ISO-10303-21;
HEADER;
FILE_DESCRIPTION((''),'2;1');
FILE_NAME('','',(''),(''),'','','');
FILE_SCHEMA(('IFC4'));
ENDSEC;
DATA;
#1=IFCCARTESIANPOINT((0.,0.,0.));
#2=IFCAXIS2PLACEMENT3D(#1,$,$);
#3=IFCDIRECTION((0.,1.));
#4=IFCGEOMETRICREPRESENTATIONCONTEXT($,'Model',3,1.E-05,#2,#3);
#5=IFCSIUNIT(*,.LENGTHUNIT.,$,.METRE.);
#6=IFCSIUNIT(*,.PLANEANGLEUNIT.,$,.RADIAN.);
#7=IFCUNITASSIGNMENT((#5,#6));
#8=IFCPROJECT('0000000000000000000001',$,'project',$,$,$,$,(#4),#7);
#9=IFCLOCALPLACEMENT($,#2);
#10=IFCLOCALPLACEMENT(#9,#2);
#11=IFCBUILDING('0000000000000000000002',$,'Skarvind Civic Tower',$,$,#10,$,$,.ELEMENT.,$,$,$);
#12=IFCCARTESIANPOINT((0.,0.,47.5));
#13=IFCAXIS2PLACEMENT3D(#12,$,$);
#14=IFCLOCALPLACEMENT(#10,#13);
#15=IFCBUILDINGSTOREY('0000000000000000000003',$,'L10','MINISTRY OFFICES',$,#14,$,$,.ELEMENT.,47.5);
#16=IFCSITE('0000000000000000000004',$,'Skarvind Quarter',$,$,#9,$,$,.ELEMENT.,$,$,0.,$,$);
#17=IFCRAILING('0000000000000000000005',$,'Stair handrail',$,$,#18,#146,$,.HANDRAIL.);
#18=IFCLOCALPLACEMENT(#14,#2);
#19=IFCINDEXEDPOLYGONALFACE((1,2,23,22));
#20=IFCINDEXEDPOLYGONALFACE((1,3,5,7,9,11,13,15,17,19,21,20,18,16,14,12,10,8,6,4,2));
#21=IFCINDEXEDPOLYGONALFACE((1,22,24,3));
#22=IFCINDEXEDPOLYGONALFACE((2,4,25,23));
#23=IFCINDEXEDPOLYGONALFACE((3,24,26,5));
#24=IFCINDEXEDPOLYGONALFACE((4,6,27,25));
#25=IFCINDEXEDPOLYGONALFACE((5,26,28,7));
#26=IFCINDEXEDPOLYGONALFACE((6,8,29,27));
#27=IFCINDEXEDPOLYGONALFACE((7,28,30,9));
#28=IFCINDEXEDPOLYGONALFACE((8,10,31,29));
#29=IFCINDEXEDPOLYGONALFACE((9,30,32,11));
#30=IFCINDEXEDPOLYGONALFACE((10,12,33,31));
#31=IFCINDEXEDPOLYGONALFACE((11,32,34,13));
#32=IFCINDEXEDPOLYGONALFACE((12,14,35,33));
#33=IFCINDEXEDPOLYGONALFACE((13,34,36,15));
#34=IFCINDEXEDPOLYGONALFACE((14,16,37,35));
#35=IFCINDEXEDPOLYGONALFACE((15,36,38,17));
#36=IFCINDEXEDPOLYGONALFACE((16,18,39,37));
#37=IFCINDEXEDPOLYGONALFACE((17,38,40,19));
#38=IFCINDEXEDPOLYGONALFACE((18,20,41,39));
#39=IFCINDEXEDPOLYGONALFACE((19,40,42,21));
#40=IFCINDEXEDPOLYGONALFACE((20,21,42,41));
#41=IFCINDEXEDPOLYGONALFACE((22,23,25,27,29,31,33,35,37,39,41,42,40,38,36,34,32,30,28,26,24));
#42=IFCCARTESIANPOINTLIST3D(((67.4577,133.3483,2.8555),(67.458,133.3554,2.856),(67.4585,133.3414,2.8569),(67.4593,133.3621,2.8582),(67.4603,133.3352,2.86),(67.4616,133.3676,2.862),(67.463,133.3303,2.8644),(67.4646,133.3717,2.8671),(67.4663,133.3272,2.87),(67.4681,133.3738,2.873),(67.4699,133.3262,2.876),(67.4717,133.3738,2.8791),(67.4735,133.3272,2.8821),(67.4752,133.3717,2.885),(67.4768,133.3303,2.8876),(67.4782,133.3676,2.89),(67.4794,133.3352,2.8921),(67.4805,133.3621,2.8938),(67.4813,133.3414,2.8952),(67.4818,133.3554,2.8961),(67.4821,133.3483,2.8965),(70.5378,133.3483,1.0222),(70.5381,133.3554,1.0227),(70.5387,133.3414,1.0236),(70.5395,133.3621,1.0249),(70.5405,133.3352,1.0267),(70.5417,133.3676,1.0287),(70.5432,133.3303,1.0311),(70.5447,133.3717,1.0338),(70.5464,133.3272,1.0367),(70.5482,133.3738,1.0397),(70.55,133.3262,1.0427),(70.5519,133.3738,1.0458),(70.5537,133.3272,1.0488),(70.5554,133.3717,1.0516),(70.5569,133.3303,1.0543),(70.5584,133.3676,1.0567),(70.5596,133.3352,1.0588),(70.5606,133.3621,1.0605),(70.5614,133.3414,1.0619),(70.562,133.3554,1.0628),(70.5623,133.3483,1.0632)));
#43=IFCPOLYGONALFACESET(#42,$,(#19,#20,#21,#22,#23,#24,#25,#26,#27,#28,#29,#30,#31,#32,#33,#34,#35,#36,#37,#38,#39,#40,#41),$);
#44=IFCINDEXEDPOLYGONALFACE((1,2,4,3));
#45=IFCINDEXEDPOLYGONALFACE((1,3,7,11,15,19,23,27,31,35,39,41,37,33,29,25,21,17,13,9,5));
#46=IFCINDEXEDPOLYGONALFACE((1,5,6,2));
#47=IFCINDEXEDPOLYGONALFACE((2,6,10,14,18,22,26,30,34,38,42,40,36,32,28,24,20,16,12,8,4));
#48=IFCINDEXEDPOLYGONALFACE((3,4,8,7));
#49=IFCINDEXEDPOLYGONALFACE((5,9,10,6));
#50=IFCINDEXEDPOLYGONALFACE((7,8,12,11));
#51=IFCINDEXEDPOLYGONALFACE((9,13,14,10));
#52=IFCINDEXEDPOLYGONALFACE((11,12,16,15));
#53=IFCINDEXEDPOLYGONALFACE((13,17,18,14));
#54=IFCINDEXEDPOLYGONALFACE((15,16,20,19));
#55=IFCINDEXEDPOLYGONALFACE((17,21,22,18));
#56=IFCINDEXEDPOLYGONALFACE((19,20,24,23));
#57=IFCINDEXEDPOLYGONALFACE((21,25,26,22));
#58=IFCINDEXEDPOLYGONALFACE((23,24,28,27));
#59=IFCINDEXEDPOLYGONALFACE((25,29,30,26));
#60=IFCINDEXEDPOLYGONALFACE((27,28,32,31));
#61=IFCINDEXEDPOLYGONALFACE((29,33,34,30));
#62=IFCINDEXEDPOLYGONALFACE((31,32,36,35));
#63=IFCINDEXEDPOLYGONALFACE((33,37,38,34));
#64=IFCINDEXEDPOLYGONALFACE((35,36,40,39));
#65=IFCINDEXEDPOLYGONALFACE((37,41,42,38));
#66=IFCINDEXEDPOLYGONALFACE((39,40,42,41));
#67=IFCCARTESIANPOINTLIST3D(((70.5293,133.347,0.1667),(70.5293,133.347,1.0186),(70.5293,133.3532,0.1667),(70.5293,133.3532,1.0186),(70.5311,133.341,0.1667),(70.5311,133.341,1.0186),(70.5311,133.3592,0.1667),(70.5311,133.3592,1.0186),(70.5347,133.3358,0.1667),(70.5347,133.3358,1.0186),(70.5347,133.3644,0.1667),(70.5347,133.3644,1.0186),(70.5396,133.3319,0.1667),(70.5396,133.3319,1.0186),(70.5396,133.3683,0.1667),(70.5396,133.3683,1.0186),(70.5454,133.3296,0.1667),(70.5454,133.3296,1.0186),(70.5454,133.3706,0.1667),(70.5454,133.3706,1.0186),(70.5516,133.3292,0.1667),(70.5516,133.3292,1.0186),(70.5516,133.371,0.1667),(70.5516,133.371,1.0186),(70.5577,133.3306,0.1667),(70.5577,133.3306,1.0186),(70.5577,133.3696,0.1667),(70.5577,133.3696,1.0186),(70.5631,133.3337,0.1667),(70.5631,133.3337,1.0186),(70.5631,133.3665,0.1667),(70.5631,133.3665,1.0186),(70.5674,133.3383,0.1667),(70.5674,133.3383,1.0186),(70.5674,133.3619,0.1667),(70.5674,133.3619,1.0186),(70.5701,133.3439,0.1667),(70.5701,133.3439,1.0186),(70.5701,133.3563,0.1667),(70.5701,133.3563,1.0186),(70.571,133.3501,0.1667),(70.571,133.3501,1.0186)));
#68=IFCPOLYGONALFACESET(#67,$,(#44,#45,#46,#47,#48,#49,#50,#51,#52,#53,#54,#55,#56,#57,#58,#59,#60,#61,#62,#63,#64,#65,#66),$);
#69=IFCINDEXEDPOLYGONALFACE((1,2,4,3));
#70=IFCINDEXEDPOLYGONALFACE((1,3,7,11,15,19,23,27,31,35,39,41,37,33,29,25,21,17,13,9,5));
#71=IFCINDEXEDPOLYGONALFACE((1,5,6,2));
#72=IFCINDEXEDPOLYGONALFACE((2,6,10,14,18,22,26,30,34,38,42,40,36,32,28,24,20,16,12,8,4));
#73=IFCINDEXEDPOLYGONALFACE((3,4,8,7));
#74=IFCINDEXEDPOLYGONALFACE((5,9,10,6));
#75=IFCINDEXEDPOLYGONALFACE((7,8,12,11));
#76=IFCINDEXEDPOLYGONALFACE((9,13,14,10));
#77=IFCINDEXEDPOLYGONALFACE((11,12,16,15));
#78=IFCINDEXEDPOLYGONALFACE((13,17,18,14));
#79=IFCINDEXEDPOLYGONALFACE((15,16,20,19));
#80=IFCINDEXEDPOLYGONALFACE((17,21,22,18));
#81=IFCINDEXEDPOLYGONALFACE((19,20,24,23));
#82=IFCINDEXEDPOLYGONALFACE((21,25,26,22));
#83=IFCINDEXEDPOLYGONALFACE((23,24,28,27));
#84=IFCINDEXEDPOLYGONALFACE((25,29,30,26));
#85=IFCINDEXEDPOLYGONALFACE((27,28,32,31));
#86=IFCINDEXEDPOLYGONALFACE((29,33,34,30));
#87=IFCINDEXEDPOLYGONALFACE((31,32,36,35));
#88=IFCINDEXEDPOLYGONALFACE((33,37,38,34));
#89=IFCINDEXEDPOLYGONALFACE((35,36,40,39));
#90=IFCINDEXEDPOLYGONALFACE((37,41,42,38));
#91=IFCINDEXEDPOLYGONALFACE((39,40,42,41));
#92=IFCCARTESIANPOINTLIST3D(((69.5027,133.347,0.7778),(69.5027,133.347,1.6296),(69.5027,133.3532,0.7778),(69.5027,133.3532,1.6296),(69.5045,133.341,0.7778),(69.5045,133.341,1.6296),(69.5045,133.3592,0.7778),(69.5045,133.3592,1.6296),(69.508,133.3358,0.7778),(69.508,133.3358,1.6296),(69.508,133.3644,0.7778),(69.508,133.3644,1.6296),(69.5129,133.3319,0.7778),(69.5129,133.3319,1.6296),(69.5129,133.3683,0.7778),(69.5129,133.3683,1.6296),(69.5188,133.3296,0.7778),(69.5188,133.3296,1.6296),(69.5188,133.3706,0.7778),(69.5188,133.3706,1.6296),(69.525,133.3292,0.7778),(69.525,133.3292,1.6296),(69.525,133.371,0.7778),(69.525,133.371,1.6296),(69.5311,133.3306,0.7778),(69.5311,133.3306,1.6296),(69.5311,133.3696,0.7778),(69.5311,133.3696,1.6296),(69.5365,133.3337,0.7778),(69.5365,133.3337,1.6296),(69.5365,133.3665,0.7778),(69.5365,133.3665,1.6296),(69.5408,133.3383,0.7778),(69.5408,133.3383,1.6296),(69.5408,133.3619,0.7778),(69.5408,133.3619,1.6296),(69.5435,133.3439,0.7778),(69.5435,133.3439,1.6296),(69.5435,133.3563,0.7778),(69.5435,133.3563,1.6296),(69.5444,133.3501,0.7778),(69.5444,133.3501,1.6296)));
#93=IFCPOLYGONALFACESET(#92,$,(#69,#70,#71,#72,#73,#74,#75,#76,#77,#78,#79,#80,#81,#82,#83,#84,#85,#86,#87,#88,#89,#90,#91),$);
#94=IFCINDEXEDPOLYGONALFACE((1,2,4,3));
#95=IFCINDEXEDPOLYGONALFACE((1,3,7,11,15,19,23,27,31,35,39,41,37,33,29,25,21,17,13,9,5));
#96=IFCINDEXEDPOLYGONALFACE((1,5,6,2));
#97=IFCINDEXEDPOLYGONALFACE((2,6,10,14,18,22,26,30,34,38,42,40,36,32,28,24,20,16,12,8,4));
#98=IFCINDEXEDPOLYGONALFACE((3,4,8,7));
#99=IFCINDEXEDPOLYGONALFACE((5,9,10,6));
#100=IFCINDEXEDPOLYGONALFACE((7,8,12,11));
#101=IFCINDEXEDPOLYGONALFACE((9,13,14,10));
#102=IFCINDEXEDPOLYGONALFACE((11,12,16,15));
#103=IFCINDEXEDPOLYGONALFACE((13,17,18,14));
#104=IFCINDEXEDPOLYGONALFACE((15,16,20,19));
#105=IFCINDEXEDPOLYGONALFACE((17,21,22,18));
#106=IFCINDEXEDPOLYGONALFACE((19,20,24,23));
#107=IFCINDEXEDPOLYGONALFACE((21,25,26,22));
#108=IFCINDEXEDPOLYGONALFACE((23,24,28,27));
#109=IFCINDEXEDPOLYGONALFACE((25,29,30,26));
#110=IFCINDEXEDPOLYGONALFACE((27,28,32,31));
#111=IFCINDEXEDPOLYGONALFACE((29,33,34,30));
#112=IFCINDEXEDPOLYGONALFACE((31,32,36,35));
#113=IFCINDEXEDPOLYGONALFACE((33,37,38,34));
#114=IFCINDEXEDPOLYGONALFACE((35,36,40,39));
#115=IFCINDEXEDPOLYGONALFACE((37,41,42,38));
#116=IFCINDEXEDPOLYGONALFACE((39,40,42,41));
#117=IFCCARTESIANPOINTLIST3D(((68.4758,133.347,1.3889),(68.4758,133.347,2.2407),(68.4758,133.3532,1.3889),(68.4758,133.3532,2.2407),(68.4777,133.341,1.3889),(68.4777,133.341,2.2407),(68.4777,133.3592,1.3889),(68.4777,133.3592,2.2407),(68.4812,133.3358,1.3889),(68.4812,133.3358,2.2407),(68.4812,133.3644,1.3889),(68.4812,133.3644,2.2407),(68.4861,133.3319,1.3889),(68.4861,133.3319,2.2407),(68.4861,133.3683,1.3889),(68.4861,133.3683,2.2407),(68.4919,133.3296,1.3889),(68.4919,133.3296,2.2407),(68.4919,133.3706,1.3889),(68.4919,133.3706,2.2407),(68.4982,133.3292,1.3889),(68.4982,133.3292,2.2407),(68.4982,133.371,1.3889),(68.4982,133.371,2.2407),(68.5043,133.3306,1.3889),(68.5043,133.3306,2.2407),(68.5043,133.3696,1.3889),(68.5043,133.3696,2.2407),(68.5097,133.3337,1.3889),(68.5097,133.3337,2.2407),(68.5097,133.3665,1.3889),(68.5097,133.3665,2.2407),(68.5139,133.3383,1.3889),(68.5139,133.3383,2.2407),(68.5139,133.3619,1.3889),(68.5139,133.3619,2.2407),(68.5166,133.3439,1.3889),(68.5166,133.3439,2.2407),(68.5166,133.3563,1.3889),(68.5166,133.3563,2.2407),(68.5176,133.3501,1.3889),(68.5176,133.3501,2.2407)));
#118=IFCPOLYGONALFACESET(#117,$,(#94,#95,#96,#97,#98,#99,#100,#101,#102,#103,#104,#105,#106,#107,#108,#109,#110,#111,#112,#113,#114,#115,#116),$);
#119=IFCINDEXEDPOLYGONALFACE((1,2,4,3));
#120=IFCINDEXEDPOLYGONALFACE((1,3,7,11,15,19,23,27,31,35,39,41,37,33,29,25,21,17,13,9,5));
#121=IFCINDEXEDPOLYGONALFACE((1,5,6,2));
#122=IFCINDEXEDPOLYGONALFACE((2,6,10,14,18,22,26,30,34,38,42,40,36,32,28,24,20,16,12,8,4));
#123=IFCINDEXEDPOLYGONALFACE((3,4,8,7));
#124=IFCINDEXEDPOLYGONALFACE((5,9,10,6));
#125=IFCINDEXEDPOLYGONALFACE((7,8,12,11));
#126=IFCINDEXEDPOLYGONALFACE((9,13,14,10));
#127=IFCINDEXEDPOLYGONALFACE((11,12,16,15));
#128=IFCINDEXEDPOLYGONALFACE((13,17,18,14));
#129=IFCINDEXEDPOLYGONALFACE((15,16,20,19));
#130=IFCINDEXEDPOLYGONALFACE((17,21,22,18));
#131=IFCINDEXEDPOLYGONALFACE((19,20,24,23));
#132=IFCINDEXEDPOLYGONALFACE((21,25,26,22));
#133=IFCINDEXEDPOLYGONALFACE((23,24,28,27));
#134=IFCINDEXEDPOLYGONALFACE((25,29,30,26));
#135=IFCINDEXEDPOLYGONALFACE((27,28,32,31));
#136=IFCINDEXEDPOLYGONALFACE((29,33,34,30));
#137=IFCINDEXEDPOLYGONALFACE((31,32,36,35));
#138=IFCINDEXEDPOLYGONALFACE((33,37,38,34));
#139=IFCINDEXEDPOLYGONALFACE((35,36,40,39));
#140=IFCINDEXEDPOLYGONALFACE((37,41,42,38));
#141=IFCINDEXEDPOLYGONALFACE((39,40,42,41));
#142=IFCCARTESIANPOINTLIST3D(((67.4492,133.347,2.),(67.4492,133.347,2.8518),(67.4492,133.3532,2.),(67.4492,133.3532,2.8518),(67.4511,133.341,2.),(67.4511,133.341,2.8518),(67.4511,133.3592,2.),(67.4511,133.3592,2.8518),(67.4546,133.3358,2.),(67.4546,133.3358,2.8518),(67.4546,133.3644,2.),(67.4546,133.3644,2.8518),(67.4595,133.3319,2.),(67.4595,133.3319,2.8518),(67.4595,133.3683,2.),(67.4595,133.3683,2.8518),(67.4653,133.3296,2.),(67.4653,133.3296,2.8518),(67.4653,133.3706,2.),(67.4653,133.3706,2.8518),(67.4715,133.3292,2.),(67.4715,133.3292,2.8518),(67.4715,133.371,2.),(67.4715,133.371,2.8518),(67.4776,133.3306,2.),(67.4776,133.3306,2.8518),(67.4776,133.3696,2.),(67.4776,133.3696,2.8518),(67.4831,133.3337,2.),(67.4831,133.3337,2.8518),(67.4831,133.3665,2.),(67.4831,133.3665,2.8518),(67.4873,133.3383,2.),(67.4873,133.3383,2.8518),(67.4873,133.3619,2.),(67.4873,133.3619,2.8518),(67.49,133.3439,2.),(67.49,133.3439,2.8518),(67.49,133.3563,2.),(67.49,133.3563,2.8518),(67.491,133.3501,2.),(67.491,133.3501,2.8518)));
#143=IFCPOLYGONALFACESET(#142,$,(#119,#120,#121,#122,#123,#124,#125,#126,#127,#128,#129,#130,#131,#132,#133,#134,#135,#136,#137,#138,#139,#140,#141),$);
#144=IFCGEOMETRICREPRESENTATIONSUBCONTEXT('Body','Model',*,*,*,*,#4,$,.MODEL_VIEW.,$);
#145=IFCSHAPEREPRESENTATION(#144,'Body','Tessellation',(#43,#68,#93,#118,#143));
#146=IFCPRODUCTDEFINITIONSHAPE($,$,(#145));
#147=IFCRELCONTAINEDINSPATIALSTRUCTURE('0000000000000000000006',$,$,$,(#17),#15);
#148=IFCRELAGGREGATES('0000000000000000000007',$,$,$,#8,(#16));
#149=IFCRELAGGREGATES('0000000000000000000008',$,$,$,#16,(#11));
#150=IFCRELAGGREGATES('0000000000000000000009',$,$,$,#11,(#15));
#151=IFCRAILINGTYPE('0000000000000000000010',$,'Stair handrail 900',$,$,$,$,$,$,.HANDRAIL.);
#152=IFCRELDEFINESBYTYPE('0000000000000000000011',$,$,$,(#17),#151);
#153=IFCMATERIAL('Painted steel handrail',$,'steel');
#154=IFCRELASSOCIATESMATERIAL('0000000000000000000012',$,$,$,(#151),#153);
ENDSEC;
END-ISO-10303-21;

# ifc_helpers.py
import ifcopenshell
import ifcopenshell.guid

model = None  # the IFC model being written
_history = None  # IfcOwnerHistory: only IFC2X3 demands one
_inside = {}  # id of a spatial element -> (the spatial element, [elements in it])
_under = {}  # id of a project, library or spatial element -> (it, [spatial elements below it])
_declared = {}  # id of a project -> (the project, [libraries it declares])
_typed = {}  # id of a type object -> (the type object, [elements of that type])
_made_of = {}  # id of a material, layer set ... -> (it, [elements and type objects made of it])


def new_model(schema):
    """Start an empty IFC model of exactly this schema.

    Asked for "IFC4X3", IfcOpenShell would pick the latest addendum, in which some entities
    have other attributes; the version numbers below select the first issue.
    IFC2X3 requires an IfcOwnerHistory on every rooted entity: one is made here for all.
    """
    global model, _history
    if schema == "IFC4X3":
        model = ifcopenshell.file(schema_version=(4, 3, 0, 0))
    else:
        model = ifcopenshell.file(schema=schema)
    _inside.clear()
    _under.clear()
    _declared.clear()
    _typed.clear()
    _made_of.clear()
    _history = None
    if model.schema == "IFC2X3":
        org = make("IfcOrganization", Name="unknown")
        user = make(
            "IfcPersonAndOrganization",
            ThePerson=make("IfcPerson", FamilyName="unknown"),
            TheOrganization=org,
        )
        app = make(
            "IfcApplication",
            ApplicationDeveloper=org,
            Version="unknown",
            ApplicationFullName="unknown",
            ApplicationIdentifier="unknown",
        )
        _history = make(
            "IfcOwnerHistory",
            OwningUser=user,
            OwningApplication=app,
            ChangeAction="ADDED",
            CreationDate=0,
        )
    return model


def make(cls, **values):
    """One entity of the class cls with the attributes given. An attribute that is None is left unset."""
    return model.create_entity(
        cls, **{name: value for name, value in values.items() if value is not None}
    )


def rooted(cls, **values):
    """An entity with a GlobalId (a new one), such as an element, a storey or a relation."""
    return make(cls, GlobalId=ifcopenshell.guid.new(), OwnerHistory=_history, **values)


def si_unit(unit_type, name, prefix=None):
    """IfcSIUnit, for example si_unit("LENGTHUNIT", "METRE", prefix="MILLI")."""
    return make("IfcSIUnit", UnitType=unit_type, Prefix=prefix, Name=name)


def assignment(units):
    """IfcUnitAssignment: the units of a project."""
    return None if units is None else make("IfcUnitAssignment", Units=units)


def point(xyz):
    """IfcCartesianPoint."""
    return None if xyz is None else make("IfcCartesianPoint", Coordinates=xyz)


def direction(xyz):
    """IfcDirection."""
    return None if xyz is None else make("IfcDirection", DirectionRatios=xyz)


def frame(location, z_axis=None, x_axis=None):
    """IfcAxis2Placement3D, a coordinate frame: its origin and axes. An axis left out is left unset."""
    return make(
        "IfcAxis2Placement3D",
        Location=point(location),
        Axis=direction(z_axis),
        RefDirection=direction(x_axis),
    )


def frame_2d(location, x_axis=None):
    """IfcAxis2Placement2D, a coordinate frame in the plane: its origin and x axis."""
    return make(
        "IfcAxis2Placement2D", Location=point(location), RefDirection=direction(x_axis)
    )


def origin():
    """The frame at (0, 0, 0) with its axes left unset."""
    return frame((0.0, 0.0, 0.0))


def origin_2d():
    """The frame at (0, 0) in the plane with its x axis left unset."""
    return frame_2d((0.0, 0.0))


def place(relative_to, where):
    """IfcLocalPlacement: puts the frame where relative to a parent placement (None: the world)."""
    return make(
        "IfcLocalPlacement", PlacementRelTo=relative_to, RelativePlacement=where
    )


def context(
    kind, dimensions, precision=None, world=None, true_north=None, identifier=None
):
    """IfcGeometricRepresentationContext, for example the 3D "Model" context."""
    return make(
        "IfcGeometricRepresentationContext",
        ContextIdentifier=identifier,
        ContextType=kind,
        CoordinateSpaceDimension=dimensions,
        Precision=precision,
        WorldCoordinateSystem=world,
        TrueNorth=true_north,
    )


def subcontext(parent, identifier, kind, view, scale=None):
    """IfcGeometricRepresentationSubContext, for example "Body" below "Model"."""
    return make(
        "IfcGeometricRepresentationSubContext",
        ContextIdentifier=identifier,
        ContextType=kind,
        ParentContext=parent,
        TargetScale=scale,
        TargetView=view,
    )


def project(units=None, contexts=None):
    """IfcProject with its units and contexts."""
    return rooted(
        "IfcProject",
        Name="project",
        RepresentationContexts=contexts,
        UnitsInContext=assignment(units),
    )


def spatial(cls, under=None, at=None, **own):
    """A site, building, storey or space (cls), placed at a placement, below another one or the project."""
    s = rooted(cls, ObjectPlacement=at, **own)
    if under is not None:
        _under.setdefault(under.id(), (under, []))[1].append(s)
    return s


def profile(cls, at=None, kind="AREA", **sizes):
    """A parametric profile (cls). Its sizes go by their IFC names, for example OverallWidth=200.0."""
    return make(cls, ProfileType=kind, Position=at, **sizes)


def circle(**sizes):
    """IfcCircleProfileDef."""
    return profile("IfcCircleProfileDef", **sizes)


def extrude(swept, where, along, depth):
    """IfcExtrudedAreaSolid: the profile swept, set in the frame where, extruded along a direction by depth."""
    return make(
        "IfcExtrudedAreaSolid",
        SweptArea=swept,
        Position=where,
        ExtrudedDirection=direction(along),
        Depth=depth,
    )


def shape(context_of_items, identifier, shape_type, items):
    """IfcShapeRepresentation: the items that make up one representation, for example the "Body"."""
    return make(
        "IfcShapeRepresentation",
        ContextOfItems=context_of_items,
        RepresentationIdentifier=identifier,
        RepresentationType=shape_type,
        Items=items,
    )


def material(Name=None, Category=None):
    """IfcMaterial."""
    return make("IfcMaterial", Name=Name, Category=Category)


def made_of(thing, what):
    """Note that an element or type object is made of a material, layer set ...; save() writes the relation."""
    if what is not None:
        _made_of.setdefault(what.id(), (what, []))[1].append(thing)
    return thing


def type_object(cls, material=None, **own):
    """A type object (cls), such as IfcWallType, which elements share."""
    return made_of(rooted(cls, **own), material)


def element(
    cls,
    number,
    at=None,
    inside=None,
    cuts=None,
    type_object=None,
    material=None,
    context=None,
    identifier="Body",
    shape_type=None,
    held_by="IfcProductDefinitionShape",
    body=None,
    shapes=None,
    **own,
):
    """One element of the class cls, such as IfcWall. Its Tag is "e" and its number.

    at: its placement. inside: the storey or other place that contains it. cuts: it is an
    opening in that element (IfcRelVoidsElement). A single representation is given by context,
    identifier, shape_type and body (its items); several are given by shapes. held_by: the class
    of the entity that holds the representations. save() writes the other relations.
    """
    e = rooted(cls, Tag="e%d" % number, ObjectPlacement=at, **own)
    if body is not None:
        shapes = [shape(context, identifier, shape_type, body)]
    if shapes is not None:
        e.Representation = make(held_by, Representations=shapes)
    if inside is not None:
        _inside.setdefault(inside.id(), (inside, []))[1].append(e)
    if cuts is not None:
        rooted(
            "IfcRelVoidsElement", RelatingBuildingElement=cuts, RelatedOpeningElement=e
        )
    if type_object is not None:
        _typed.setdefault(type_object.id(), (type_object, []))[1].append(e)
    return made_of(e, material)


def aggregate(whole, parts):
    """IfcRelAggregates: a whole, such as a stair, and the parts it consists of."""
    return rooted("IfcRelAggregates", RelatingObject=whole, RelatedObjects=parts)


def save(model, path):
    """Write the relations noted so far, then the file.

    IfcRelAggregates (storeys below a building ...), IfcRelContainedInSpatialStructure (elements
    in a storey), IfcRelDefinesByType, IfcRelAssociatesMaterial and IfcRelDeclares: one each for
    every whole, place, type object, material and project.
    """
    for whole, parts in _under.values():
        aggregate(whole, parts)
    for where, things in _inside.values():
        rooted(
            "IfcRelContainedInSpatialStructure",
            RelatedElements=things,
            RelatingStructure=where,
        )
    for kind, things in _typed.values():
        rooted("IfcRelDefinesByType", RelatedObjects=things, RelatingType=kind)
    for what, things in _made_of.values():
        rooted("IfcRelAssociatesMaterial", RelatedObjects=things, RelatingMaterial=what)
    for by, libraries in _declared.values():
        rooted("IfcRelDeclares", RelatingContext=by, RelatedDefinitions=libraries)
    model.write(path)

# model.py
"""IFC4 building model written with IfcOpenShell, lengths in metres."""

from ifc_helpers import new_model, si_unit, direction, frame, origin, origin_2d, place, context, subcontext, project, spatial, circle, extrude, material, type_object, element, save


model = new_model("IFC4")

# Units and contexts
model_context = context("Model", 3, precision=1e-05, world=origin(), true_north=direction((0.0, 1.0)))
body_context = subcontext(model_context, "Body", "Model", "MODEL_VIEW")
ifc_project = project(units=[si_unit("LENGTHUNIT", "METRE"), si_unit("PLANEANGLEUNIT", "RADIAN")], contexts=[model_context])

# Site, building, storey
site_placement = place(None, origin())
site = spatial("IfcSite", under=ifc_project, at=site_placement, Name="Skarvind Quarter", CompositionType="ELEMENT", RefElevation=0.0)
building_placement = place(site_placement, origin())
building = spatial("IfcBuilding", under=site, at=building_placement, Name="Skarvind Civic Tower", CompositionType="ELEMENT")
storey_placement = place(building_placement, frame((0.0, 0.0, 47.5)))
storey = spatial("IfcBuildingStorey", under=building, at=storey_placement, Name="L10", Description="MINISTRY OFFICES", CompositionType="ELEMENT", Elevation=47.5)

# Railing
ifc_material_1 = material(Name="Painted steel handrail", Category="steel")
railing_type = type_object("IfcRailingType", Name="Stair handrail 900", PredefinedType="HANDRAIL", material=ifc_material_1)
railing_1_placement = place(storey_placement, frame((70.55, 133.3501, 0.1667)))
element("IfcRailing", 1, at=railing_1_placement, inside=storey, type_object=railing_type, Name="Stair handrail", PredefinedType="HANDRAIL", context=body_context, shape_type="SweptSolid", body=[
    extrude(circle(Radius=0.0239, at=origin_2d()), frame((0.0, 0.0, 0.876), z_axis=(-0.859309, 0.0, 0.511458), x_axis=(0.0, -1.0, 0.0)), (0.0, 0.0, 1.0), 3.5845),
    extrude(circle(Radius=0.021, at=origin_2d()), origin(), (0.0, 0.0, 1.0), 0.8518),
    extrude(circle(Radius=0.021, at=origin_2d()), frame((-1.0266, 0.0, 0.6111)), (0.0, 0.0, 1.0), 0.8518),
    extrude(circle(Radius=0.021, at=origin_2d()), frame((-2.0535, 0.0, 1.2222)), (0.0, 0.0, 1.0), 0.8518),
    extrude(circle(Radius=0.021, at=origin_2d()), frame((-3.0801, 0.0, 1.8333)), (0.0, 0.0, 1.0), 0.8518),
])

save(model, "model.ifc")
